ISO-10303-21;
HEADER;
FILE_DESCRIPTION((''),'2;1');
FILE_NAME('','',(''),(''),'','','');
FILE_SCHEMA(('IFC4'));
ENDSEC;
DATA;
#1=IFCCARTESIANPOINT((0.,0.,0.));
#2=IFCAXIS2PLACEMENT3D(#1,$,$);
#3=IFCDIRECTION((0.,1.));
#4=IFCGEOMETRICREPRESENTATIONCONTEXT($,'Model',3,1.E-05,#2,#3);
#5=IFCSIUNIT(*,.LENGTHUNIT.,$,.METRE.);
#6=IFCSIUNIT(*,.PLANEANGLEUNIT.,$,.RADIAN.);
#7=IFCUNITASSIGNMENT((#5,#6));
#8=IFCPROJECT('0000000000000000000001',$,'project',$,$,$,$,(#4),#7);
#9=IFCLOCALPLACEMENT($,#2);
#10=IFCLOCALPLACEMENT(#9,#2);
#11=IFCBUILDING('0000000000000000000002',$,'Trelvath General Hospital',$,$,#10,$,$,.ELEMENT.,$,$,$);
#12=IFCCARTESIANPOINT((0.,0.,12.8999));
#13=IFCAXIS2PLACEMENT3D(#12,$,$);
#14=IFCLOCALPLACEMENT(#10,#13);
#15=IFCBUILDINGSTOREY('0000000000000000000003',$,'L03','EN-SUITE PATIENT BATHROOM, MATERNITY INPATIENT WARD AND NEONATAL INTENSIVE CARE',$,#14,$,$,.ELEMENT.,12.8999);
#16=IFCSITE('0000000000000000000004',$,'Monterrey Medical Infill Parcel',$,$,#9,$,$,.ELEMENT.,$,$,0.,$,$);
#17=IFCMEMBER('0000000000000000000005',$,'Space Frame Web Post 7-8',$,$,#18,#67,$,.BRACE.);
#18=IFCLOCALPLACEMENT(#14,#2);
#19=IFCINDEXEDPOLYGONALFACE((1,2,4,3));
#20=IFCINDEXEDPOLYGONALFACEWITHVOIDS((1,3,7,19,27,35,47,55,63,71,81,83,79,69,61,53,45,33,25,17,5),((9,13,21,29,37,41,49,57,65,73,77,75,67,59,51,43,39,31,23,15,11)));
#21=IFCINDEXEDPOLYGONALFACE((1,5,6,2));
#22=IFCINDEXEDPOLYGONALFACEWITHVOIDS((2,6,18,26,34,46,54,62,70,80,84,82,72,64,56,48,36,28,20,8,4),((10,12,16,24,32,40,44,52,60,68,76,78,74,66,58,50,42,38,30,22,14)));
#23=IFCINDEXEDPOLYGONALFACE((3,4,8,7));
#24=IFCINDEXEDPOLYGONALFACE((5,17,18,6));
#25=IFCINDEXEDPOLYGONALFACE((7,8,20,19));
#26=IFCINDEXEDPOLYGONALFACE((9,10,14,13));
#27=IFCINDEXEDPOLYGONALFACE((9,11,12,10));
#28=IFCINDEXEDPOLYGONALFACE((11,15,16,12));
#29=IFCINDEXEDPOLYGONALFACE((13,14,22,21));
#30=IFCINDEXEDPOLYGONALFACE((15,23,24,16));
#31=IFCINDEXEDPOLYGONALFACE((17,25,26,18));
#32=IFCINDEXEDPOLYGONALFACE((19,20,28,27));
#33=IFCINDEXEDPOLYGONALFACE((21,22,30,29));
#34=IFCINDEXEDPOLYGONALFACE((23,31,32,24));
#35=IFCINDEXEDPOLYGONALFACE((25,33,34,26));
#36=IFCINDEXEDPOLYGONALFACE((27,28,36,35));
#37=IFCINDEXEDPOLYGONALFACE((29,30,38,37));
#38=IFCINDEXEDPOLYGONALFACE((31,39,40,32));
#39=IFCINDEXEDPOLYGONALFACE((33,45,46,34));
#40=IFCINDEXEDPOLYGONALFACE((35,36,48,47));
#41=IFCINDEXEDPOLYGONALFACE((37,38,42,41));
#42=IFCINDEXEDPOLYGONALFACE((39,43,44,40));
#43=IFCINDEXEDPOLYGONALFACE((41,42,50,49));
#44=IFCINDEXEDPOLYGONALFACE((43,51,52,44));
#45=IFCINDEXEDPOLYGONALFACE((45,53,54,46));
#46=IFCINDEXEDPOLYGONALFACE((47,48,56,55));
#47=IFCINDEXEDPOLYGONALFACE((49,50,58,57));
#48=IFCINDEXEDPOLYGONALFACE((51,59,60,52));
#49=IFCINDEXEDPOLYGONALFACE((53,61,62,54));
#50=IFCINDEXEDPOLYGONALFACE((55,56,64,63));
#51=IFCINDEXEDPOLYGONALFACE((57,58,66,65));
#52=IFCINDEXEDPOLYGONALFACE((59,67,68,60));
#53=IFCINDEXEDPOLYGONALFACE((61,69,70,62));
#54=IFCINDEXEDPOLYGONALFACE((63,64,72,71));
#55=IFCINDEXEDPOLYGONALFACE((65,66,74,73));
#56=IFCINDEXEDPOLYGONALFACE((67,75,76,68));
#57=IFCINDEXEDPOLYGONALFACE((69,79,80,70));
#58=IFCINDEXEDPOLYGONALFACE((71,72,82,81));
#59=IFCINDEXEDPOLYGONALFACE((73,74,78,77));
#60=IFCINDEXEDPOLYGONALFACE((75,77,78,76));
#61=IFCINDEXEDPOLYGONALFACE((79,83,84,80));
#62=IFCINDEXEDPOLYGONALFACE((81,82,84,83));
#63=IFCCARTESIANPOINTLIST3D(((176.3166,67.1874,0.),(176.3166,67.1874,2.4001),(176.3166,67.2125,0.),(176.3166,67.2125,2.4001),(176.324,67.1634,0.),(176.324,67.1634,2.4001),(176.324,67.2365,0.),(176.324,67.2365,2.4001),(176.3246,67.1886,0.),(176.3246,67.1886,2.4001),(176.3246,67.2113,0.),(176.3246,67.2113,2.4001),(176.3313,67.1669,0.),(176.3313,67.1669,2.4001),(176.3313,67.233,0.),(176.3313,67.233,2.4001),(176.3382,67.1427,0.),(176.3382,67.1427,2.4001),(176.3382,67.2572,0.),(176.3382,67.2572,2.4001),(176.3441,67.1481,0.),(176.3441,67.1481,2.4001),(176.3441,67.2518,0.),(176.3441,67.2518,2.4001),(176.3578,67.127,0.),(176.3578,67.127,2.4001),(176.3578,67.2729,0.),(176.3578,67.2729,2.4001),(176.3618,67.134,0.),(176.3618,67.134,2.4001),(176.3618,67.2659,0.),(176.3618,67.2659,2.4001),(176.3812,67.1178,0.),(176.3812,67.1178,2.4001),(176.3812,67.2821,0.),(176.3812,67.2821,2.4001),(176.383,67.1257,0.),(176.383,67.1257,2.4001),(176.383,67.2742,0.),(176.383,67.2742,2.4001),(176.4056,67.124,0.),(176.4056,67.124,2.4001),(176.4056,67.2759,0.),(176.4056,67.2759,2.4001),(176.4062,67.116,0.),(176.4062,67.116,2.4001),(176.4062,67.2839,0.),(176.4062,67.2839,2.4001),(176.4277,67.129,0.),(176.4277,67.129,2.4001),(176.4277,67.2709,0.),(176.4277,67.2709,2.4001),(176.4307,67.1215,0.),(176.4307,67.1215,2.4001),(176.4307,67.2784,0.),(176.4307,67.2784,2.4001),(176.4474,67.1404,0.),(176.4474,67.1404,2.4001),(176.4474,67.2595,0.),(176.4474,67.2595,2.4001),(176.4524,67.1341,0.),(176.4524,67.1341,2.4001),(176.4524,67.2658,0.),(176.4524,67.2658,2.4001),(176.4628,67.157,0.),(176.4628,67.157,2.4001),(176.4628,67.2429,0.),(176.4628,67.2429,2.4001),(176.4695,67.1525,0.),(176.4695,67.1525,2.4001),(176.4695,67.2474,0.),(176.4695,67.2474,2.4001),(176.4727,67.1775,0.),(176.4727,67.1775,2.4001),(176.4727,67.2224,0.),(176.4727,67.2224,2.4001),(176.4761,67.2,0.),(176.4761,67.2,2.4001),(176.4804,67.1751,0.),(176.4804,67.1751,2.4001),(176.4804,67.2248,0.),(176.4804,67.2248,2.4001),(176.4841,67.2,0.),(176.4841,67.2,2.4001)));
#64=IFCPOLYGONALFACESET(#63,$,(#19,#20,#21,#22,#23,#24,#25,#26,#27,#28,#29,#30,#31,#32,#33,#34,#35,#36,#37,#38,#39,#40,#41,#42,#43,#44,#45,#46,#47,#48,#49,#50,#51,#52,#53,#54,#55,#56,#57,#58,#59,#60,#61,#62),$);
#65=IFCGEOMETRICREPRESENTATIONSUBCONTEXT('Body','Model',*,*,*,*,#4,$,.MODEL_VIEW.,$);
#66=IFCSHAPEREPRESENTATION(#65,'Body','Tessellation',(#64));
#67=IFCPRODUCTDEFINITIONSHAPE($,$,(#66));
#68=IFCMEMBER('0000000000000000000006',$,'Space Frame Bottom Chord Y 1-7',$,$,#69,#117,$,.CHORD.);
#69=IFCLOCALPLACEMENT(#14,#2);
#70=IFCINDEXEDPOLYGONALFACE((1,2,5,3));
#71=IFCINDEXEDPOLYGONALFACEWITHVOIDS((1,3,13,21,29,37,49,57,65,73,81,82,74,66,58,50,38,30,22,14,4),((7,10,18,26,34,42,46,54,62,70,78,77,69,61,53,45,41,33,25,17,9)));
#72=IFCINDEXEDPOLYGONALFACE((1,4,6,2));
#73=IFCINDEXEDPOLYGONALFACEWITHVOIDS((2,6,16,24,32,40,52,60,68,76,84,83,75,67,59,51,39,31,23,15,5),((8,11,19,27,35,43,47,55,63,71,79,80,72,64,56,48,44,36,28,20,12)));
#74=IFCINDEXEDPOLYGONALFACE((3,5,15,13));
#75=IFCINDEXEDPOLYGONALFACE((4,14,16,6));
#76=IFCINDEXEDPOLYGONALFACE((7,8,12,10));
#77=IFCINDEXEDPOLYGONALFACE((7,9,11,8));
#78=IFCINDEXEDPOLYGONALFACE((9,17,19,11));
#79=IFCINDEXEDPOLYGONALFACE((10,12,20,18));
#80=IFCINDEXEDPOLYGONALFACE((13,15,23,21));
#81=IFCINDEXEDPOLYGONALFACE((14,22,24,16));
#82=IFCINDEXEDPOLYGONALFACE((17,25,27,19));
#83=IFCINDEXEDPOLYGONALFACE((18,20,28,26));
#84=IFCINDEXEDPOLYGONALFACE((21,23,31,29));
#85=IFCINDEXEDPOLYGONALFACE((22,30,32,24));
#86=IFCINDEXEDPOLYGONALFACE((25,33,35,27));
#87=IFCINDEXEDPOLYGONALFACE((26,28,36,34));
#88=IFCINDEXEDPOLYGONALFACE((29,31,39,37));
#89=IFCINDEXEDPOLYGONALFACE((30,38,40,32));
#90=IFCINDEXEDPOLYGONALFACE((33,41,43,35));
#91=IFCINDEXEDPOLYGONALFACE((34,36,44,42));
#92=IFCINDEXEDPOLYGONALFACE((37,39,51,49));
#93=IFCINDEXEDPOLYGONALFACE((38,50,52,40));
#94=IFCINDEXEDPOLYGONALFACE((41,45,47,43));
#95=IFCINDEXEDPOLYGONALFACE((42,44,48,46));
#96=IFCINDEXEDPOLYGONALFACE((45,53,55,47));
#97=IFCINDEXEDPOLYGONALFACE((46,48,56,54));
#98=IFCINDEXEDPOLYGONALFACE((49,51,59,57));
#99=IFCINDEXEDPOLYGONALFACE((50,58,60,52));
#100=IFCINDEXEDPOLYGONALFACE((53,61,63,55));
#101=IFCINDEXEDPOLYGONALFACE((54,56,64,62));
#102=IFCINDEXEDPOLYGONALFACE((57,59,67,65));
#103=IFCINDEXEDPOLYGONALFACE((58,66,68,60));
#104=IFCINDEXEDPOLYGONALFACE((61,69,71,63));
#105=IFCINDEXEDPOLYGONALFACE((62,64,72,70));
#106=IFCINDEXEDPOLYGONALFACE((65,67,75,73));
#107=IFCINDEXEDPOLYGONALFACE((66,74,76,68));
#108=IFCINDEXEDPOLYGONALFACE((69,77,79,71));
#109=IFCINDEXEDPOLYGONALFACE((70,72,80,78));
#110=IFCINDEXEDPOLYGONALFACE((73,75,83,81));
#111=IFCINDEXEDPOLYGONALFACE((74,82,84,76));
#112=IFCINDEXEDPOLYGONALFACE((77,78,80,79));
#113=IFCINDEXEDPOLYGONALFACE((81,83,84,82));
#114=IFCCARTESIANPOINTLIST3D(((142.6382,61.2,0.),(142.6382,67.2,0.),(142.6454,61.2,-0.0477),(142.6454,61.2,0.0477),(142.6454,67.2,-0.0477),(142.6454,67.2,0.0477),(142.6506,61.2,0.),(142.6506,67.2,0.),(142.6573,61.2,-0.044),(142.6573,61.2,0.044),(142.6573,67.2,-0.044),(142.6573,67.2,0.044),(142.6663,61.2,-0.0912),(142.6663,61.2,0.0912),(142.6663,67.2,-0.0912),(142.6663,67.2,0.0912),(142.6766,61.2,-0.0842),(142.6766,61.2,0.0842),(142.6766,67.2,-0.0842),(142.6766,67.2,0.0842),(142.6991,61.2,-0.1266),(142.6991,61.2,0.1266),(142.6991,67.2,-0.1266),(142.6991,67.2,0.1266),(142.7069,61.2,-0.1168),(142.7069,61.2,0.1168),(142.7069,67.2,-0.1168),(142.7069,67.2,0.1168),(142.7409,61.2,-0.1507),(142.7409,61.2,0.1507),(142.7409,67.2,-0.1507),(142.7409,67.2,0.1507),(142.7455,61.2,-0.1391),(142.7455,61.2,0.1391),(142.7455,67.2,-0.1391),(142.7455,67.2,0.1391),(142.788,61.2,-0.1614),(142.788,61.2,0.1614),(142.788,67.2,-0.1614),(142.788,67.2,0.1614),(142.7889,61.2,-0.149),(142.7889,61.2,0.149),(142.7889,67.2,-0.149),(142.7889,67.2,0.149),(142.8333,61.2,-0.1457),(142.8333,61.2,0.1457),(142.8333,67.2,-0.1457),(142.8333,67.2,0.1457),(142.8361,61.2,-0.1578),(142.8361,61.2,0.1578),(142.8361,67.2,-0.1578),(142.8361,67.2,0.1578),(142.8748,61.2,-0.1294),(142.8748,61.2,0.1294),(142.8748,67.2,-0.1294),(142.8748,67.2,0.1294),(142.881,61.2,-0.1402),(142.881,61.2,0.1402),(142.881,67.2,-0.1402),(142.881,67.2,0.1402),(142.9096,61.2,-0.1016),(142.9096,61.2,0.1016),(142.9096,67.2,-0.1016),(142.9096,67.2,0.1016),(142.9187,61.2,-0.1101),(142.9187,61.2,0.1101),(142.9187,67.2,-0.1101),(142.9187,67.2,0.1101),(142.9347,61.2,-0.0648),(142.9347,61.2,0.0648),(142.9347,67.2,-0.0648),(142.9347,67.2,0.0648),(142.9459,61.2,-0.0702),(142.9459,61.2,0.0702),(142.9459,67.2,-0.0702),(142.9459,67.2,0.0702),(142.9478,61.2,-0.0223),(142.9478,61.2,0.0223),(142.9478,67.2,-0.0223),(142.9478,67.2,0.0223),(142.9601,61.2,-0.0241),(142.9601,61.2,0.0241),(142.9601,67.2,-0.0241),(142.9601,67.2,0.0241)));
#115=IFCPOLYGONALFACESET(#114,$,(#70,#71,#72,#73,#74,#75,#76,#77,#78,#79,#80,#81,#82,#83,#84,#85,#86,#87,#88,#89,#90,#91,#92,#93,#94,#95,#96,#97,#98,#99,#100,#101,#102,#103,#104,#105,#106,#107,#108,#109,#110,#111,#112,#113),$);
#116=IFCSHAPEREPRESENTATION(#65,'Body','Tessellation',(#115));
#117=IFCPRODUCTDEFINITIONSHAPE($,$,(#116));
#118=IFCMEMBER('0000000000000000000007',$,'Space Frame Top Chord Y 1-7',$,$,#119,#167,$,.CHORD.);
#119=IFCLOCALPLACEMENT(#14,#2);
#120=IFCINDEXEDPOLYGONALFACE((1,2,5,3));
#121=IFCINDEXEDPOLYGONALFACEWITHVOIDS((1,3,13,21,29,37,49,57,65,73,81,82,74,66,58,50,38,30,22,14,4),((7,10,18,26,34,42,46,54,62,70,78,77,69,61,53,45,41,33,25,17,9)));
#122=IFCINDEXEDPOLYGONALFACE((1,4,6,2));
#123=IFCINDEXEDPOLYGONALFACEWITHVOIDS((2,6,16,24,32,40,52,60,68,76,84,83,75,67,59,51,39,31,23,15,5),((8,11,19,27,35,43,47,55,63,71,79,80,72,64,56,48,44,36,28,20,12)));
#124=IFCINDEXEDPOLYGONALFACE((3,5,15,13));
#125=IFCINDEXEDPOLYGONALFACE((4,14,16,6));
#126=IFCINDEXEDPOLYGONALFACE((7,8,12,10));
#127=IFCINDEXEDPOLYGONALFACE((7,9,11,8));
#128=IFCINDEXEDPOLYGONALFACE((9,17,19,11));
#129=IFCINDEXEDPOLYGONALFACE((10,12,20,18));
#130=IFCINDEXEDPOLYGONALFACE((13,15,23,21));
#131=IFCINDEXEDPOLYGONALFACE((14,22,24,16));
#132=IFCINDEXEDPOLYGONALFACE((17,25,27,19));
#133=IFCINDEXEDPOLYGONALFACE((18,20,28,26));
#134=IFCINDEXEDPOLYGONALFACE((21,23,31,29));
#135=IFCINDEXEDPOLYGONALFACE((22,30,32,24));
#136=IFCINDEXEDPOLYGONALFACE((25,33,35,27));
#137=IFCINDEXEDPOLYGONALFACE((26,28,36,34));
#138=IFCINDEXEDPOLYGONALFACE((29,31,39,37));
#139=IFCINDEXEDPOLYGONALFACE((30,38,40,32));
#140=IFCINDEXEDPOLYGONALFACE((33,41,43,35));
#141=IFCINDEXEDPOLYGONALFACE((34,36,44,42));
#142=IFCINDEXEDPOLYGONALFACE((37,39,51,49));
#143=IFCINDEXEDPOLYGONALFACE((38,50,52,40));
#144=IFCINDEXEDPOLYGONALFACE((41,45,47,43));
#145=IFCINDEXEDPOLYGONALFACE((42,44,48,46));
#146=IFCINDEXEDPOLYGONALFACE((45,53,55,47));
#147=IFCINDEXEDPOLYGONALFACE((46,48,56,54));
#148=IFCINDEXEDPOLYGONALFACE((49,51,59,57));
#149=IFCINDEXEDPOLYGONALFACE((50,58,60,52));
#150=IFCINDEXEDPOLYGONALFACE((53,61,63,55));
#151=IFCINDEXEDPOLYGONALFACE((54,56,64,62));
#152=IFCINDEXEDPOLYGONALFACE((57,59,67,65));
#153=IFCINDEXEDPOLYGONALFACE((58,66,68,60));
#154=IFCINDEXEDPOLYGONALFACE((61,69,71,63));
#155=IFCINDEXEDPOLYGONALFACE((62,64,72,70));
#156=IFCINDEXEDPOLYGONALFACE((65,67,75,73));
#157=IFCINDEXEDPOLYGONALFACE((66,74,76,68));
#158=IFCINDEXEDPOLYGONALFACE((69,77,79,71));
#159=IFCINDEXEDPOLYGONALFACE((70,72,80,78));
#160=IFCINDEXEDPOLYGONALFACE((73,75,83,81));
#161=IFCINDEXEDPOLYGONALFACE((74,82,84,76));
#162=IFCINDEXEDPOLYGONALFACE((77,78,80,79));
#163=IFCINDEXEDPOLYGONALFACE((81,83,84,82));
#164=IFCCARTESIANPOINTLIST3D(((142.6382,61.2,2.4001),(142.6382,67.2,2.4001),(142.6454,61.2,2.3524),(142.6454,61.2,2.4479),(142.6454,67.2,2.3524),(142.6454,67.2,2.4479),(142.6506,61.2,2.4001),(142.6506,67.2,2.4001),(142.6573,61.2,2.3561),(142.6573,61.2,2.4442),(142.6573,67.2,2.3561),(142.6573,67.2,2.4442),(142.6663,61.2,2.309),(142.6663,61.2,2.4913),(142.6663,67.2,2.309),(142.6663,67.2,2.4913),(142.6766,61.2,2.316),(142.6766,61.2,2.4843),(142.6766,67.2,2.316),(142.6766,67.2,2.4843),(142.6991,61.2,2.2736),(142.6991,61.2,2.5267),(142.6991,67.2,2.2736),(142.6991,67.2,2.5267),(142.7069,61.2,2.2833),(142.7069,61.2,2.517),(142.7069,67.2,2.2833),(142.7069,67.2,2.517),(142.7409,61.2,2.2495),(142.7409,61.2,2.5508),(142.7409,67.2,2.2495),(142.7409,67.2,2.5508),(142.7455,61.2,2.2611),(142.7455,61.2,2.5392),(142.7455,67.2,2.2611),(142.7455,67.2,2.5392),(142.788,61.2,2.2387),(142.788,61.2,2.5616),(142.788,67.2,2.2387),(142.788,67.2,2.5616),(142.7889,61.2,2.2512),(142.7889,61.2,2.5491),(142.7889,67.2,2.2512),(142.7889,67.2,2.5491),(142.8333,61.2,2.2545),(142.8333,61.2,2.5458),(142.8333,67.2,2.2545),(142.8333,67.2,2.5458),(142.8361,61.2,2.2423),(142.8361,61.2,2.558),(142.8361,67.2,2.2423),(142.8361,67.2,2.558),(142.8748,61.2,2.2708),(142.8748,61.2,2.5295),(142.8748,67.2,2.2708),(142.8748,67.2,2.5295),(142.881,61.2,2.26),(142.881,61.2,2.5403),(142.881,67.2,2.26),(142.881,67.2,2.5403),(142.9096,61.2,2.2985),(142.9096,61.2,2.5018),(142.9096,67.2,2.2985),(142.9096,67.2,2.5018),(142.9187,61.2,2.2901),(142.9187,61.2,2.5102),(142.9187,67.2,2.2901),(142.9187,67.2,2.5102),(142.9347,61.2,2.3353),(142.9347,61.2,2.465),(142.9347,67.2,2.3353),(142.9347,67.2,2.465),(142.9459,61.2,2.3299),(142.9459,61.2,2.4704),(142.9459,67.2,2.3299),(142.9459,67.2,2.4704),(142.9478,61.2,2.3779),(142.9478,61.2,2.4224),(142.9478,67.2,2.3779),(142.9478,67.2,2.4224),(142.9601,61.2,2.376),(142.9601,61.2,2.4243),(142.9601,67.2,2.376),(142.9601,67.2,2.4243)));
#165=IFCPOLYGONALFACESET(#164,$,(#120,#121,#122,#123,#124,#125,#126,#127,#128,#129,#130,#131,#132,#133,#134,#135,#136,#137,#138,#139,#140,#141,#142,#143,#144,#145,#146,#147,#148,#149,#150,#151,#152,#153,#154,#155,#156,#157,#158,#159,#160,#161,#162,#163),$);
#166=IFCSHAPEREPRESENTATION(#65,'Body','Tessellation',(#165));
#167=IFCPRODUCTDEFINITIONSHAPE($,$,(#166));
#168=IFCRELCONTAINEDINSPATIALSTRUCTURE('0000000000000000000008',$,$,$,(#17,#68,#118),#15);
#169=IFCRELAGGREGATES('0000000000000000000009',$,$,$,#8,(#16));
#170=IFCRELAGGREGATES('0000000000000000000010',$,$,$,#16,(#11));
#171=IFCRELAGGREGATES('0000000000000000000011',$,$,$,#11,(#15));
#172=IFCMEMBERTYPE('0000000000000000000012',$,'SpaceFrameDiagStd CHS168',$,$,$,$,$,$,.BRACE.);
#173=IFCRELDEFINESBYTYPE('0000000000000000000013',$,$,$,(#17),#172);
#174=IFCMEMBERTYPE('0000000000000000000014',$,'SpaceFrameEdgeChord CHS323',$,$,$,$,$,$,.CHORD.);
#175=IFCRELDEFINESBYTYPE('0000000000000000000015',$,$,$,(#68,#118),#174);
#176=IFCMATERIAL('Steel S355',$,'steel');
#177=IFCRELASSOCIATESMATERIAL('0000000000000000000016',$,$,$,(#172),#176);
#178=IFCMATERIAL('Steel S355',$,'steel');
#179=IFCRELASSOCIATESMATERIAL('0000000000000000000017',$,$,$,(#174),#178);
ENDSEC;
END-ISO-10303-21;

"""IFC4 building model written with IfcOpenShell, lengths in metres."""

from ifc_helpers import new_model, si_unit, direction, frame, origin, origin_2d, place, context, subcontext, project, spatial, hollow_circle, extrude, material, material_profile, profile_set, type_object, element, save


model = new_model("IFC4")

# Units and contexts
model_context = context("Model", 3, precision=1e-05, world=origin(), true_north=direction((0.0, 1.0)))
body_context = subcontext(model_context, "Body", "Model", "MODEL_VIEW")
ifc_project = project(units=[si_unit("LENGTHUNIT", "METRE"), si_unit("PLANEANGLEUNIT", "RADIAN")], contexts=[model_context])

# Site, building, storey
site_placement = place(None, origin())
site = spatial("IfcSite", under=ifc_project, at=site_placement, Name="Monterrey Medical Infill Parcel", CompositionType="ELEMENT", RefElevation=0.0)
building_placement = place(site_placement, origin())
building = spatial("IfcBuilding", under=site, at=building_placement, Name="Trelvath General Hospital", CompositionType="ELEMENT")
storey_placement = place(building_placement, frame((0.0, 0.0, 12.8999)))
storey = spatial("IfcBuildingStorey", under=building, at=storey_placement, Name="L03", Description="EN-SUITE PATIENT BATHROOM, MATERNITY INPATIENT WARD AND NEONATAL INTENSIVE CARE", CompositionType="ELEMENT", Elevation=12.8999)

# Members
ifc_material_1 = material(Name="Steel S355", Category="steel")
ifc_material_profile_1 = material_profile(ifc_material_1, hollow_circle(Radius=0.0842, WallThickness=0.0081, at=origin_2d()), Name="CHS168.3x8.0")
ifc_profile_set_1 = profile_set([ifc_material_profile_1], Name="Steel S355")
member_type_1 = type_object("IfcMemberType", Name="SpaceFrameDiagStd CHS168", PredefinedType="BRACE", material=ifc_profile_set_1)
for number, where, z_axis, x_axis, name in (
    (1, (176.3999, 67.2, 0.0), (0.0, 0.0, 1.0), (1.0, 0.0, 0.0), "Space Frame Web Post 7-8"),
):
    element("IfcMember", number, at=place(storey_placement, frame(where, z_axis=z_axis, x_axis=x_axis)), inside=storey, type_object=member_type_1, Name=name, PredefinedType="BRACE", context=body_context, shape_type="SweptSolid", body=[
        extrude(hollow_circle(Radius=0.0842, WallThickness=0.0081, at=origin_2d()), origin(), (0.0, 0.0, 1.0), 2.4001),
    ])
ifc_material_2 = material(Name="Steel S355", Category="steel")
ifc_material_profile_2 = material_profile(ifc_material_2, hollow_circle(Radius=0.1619, WallThickness=0.0125, at=origin_2d()), Name="CHS323.9x12.5")
ifc_profile_set_2 = profile_set([ifc_material_profile_2], Name="Steel S355")
member_type_2 = type_object("IfcMemberType", Name="SpaceFrameEdgeChord CHS323", PredefinedType="CHORD", material=ifc_profile_set_2)
for number, where, z_axis, x_axis, name in (
    (2, (142.8, 61.2, 0.0), (0.0, 1.0, 0.0), (-1.0, 0.0, 0.0), "Space Frame Bottom Chord Y 1-7"),
    (3, (142.8, 61.2, 2.4001), (0.0, 1.0, 0.0), (-1.0, 0.0, 0.0), "Space Frame Top Chord Y 1-7"),
):
    element("IfcMember", number, at=place(storey_placement, frame(where, z_axis=z_axis, x_axis=x_axis)), inside=storey, type_object=member_type_2, Name=name, PredefinedType="CHORD", context=body_context, shape_type="SweptSolid", body=[
        extrude(hollow_circle(Radius=0.1619, WallThickness=0.0125, at=origin_2d()), origin(), (0.0, 0.0, 1.0), 6.0),
    ])

save(model, "model.ifc")
